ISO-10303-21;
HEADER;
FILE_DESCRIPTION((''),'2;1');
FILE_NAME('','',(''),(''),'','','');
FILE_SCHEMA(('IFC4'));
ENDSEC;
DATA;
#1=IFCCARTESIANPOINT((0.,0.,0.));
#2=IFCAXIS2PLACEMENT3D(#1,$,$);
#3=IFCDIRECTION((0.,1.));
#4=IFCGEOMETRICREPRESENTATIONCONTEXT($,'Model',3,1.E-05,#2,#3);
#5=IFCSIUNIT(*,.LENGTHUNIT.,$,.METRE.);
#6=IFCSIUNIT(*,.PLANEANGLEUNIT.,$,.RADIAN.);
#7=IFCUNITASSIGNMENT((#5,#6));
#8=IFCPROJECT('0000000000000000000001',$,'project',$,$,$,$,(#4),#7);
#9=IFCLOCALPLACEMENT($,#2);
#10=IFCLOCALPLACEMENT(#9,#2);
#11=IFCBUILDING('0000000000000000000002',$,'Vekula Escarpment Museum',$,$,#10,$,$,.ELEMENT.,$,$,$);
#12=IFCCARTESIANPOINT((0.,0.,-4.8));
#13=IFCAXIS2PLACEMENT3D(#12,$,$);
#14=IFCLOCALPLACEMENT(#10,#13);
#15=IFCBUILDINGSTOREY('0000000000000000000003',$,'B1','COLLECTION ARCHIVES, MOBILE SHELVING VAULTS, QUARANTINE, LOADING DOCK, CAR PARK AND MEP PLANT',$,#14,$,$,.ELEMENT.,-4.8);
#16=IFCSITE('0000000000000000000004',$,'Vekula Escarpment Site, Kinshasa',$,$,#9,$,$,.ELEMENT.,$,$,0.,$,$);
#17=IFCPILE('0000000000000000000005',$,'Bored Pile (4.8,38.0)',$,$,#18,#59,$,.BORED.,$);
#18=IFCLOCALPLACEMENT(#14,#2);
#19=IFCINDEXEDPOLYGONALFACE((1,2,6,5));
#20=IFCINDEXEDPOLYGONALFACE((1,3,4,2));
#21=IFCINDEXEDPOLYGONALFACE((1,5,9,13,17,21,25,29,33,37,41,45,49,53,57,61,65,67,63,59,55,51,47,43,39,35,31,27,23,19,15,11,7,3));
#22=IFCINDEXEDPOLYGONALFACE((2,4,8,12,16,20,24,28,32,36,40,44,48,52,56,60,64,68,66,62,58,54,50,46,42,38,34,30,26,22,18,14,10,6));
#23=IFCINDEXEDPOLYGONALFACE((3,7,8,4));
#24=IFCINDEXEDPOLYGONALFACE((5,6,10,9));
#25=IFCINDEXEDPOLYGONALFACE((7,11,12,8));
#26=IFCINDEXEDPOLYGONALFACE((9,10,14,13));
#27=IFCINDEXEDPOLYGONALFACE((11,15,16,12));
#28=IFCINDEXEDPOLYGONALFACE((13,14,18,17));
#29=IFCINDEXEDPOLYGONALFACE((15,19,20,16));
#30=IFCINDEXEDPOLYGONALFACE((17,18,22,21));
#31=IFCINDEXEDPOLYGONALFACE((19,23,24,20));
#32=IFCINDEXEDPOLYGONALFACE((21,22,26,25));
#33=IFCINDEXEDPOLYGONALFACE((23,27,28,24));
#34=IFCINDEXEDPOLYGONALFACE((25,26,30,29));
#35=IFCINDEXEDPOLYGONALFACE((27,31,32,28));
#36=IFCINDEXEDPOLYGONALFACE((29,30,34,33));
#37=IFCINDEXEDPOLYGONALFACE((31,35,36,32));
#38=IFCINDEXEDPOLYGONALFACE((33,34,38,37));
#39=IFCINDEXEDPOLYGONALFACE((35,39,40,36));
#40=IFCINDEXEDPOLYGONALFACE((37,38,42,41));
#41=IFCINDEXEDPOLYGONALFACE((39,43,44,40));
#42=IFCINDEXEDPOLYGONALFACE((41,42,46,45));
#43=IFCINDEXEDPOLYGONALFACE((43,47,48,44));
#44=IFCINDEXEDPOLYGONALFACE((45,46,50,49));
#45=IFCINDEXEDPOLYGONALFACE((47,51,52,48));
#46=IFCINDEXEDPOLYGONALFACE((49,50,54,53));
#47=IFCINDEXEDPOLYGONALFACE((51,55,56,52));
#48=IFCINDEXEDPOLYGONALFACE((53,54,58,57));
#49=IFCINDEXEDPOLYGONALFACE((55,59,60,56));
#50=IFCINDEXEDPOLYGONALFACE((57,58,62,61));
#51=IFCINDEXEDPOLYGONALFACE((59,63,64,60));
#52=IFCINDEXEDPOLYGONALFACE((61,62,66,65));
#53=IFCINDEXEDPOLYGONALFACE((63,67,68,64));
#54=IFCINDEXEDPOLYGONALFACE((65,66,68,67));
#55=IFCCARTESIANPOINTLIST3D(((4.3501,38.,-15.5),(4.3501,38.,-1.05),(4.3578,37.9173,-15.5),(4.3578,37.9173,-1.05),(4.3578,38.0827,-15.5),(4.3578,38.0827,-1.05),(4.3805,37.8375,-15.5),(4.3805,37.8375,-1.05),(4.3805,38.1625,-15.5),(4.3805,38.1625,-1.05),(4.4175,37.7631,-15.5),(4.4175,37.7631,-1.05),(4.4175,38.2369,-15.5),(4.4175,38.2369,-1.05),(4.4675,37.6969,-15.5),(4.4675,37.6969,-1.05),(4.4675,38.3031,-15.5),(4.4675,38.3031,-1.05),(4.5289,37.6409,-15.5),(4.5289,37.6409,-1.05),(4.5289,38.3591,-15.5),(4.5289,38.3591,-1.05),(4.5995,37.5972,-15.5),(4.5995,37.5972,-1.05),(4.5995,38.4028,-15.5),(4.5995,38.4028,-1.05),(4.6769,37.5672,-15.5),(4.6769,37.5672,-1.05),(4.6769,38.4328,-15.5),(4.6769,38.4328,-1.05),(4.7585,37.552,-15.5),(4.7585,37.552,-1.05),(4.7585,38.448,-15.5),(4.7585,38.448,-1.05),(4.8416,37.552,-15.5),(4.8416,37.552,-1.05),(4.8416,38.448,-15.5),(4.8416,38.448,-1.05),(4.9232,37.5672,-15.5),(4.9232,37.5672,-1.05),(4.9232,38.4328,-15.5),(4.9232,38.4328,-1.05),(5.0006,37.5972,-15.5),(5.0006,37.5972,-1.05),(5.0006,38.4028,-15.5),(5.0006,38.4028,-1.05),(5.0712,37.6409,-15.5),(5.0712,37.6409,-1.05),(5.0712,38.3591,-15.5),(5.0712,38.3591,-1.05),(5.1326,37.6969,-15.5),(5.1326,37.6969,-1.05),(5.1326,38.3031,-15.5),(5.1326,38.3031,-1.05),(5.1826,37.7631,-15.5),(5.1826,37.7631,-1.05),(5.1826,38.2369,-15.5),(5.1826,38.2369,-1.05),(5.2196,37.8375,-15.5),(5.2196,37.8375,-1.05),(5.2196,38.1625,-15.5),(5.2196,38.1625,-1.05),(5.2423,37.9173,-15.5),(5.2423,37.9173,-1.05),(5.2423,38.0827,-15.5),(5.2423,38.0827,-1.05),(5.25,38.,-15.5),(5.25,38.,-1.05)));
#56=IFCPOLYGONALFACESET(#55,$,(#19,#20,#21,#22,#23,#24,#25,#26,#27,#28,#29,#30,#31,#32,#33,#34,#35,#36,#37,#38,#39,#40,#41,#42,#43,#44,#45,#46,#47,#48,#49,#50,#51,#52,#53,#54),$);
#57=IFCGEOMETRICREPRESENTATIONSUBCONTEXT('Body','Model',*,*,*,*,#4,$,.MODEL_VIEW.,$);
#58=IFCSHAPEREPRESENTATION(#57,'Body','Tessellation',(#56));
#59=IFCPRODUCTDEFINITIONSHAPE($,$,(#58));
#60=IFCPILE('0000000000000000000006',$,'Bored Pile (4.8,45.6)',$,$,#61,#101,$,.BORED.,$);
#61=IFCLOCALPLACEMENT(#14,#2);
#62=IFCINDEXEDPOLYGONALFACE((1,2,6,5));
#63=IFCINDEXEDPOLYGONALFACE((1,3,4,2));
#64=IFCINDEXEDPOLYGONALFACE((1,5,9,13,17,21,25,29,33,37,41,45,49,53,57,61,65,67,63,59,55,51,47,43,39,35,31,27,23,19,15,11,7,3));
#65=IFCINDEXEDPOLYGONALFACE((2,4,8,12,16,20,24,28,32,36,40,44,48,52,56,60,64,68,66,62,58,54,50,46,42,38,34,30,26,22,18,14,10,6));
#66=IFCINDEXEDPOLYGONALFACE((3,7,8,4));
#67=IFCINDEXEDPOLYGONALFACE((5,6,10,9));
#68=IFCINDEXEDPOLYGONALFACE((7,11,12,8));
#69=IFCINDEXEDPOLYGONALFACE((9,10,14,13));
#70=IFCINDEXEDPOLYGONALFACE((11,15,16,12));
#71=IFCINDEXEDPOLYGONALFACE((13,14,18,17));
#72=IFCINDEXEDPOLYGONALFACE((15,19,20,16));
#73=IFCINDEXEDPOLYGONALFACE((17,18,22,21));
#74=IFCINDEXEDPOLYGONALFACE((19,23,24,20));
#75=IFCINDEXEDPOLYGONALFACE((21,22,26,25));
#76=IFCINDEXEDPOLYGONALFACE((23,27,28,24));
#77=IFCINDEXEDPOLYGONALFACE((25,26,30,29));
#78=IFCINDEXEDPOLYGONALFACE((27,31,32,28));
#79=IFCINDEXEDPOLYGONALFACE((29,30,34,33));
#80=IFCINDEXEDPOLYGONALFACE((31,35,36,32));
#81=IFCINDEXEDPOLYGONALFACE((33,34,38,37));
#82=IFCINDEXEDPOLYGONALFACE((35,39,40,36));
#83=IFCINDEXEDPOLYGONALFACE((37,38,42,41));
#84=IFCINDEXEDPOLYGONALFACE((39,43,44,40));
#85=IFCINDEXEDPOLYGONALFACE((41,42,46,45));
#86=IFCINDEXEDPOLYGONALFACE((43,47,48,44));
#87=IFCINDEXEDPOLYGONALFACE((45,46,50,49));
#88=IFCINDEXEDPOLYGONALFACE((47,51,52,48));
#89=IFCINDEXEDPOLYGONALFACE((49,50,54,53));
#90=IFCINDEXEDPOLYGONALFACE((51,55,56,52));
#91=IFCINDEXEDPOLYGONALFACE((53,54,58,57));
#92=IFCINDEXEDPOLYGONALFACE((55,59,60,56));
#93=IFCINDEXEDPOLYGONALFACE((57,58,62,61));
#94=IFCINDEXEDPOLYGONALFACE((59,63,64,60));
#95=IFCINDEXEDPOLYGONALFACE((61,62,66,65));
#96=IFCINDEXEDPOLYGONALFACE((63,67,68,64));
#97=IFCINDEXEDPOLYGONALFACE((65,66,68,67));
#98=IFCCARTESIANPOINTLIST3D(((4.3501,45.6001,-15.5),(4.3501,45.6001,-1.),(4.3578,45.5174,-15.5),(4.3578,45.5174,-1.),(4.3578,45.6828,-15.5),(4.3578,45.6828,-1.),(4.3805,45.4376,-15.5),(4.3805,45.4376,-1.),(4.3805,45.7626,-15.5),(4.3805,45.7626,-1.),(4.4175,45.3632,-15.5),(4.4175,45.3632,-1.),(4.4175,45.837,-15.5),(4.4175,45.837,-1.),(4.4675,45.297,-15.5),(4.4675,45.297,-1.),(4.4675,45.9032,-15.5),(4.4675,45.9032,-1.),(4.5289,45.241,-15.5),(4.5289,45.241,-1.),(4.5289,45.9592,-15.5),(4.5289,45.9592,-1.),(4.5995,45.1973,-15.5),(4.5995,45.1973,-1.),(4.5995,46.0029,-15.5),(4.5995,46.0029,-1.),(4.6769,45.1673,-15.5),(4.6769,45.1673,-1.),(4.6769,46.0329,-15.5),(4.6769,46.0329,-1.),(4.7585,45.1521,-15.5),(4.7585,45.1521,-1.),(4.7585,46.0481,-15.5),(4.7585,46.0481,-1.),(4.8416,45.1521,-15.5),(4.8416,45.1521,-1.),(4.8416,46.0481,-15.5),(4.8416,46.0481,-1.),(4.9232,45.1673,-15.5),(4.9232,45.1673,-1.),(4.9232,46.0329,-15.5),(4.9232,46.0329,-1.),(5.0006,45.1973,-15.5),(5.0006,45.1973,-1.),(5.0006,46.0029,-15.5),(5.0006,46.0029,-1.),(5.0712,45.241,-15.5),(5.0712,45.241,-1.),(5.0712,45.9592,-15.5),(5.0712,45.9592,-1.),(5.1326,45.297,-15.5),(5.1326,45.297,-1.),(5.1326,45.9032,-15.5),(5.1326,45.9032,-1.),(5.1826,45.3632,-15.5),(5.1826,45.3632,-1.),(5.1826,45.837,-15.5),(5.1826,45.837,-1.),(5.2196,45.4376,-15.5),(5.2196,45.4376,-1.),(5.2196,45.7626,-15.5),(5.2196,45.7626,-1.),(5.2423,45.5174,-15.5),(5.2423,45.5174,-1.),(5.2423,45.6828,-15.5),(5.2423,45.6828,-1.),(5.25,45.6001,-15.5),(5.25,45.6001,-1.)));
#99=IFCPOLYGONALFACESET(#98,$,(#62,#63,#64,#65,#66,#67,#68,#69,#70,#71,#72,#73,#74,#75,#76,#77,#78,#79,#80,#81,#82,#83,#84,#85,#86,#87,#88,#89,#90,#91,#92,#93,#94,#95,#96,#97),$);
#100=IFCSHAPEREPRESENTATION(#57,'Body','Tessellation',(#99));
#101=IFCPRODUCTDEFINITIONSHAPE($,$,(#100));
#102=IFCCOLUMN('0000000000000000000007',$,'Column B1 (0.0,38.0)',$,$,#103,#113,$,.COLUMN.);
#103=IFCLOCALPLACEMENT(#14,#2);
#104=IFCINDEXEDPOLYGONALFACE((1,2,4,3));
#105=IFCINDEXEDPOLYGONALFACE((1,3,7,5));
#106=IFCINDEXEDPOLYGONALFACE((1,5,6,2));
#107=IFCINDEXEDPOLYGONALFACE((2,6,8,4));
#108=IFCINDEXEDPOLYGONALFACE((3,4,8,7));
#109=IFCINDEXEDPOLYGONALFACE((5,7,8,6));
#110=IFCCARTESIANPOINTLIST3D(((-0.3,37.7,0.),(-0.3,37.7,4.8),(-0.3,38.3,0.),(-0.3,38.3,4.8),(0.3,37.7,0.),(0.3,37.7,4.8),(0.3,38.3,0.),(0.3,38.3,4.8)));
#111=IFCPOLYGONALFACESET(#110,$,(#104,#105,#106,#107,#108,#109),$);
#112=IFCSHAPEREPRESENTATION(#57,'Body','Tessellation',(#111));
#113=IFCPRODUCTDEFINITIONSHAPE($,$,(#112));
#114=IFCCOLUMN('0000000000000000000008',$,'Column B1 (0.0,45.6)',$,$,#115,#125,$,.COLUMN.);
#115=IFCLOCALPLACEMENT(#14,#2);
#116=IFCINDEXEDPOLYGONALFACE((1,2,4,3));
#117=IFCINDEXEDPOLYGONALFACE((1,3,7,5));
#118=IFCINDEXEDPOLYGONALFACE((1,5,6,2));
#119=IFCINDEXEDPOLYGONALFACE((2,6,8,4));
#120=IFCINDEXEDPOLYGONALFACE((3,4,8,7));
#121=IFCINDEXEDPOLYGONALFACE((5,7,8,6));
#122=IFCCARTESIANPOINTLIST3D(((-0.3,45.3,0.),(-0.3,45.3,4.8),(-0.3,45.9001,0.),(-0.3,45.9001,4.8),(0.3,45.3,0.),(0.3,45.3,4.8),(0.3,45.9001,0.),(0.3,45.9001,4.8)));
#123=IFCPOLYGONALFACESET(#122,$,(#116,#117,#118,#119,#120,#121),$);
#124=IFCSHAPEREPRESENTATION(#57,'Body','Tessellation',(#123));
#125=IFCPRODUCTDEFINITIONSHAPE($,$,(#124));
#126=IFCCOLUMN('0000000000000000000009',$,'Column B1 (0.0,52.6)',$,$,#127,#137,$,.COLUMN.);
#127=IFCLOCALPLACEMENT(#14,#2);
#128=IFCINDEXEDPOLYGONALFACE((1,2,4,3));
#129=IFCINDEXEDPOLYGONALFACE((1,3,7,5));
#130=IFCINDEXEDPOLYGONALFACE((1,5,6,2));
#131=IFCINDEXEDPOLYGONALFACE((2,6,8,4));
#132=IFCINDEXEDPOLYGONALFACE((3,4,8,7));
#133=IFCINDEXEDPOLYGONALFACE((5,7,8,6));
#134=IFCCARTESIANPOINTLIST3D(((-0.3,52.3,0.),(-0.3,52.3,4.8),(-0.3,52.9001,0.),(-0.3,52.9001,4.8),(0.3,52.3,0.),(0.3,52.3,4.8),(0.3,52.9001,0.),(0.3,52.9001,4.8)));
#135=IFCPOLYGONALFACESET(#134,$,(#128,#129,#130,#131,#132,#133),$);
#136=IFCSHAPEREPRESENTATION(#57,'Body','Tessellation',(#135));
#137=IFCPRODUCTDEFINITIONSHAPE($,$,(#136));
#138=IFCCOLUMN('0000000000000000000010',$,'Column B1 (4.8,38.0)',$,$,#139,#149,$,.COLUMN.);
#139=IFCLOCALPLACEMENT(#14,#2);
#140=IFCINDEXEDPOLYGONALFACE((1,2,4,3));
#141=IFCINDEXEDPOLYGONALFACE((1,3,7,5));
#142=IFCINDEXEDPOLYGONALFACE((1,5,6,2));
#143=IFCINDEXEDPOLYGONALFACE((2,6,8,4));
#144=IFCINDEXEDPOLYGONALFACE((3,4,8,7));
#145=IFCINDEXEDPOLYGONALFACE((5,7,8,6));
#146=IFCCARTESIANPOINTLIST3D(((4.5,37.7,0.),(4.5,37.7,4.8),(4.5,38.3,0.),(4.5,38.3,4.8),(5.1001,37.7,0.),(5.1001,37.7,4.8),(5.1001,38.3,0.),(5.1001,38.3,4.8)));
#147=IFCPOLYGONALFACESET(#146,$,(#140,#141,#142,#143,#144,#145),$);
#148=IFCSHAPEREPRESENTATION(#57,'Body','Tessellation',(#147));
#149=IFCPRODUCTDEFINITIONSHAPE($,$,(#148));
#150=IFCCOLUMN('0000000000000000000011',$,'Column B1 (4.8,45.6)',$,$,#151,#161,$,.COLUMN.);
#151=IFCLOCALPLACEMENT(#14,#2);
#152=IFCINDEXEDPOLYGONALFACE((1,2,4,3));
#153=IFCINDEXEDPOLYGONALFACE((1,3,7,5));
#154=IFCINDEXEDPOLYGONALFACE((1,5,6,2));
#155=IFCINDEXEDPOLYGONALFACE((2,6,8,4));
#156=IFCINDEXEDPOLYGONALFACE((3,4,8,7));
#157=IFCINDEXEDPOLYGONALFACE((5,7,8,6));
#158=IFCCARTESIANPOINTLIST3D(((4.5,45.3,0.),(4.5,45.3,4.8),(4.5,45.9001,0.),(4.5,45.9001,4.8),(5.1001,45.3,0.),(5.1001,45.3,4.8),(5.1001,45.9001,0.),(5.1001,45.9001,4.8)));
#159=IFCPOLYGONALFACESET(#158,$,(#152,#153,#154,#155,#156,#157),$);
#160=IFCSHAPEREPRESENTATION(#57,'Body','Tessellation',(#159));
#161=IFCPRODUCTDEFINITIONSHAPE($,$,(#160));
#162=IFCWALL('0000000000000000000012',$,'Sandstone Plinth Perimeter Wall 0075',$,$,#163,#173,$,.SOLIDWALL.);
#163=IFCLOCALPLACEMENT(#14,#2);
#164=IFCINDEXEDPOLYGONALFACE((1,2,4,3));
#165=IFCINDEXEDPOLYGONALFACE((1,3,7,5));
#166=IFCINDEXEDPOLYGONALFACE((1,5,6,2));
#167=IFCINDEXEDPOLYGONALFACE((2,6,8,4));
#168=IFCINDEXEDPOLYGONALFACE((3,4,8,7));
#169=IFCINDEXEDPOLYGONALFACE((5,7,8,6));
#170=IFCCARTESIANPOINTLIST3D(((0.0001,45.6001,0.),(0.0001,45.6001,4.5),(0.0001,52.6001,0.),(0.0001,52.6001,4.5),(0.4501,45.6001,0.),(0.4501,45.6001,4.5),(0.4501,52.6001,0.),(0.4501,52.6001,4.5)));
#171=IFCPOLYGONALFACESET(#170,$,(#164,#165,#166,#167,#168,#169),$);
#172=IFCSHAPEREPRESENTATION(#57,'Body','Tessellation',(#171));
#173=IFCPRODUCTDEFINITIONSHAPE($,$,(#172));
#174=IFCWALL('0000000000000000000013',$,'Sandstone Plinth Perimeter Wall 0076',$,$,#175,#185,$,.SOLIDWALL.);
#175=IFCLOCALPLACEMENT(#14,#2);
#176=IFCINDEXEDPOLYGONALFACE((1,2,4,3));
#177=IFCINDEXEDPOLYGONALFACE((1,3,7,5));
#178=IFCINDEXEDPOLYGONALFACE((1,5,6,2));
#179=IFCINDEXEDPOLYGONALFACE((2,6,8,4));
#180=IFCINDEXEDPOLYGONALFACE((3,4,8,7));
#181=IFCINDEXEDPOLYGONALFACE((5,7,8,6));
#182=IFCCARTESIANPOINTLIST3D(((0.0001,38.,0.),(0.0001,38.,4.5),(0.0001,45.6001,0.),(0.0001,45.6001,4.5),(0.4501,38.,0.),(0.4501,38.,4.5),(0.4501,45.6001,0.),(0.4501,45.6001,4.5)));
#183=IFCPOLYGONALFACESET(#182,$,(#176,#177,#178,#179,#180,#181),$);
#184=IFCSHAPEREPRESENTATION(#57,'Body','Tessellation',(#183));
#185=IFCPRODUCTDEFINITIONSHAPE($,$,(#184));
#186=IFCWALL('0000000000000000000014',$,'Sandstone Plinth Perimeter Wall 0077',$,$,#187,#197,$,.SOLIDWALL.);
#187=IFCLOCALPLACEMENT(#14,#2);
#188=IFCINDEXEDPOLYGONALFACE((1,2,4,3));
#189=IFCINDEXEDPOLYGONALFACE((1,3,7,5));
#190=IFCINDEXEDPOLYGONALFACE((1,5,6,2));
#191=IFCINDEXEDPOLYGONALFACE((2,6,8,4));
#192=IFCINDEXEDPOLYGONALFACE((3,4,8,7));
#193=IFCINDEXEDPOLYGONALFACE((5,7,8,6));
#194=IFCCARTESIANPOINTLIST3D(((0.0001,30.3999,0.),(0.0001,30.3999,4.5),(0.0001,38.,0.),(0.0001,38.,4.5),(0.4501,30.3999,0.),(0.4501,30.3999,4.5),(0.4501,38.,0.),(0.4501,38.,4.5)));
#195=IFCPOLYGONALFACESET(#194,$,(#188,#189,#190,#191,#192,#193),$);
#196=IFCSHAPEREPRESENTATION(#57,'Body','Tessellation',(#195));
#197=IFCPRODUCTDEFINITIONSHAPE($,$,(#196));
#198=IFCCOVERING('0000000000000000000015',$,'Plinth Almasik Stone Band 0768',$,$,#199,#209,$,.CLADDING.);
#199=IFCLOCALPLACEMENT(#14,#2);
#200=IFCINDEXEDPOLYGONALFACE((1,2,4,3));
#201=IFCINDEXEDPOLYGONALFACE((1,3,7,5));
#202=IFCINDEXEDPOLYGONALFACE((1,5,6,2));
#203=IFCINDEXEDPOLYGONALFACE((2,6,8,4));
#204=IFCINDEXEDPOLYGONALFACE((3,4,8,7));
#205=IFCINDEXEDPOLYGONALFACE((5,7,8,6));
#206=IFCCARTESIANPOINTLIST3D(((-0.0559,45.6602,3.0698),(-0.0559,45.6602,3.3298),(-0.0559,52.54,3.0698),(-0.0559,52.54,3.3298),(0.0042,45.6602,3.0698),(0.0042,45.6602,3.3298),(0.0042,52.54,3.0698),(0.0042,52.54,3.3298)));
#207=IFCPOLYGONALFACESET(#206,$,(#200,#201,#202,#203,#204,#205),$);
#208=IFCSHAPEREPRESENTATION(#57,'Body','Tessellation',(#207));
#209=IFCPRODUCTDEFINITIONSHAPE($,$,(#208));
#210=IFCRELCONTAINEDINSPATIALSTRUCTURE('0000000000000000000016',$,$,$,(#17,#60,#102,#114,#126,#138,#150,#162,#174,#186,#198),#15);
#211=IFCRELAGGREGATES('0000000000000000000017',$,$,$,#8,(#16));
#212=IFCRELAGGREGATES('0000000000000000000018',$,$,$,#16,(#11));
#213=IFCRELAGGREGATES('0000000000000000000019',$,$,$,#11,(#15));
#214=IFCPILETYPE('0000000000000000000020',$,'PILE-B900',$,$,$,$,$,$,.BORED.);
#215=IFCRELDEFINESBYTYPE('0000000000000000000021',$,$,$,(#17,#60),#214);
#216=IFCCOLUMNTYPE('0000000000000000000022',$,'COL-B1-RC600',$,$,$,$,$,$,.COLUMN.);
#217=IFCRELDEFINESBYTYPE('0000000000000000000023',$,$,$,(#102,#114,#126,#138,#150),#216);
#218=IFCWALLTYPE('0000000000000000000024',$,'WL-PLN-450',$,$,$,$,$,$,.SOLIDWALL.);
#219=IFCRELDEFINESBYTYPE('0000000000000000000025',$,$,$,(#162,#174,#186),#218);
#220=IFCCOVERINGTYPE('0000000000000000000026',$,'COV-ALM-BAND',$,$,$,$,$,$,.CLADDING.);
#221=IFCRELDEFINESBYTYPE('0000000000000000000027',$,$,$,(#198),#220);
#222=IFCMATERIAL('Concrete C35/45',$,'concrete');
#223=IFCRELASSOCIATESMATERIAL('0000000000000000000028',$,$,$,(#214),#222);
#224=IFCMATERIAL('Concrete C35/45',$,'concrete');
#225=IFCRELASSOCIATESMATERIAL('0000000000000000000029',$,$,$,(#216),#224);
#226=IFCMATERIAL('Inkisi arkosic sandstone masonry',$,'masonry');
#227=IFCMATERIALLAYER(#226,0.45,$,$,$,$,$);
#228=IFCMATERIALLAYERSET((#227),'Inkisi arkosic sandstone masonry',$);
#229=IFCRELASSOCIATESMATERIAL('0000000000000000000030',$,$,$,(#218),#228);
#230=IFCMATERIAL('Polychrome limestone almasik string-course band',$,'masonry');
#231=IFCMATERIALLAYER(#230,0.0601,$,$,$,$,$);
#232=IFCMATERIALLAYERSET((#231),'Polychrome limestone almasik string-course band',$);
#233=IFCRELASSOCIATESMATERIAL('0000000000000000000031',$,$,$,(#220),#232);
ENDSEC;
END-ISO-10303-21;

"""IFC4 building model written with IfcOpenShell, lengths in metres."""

from ifc_helpers import new_model, si_unit, direction, frame, frame_2d, origin, origin_2d, place, context, subcontext, project, spatial, rectangle, circle, extrude, material, layer, layer_set, material_profile, profile_set, type_object, element, save


model = new_model("IFC4")

# Units and contexts
model_context = context("Model", 3, precision=1e-05, world=origin(), true_north=direction((0.0, 1.0)))
body_context = subcontext(model_context, "Body", "Model", "MODEL_VIEW")
ifc_project = project(units=[si_unit("LENGTHUNIT", "METRE"), si_unit("PLANEANGLEUNIT", "RADIAN")], contexts=[model_context])

# Site, building, storey
site_placement = place(None, origin())
site = spatial("IfcSite", under=ifc_project, at=site_placement, Name="Vekula Escarpment Site, Kinshasa", CompositionType="ELEMENT", RefElevation=0.0)
building_placement = place(site_placement, origin())
building = spatial("IfcBuilding", under=site, at=building_placement, Name="Vekula Escarpment Museum", CompositionType="ELEMENT")
storey_placement = place(building_placement, frame((0.0, 0.0, -4.8)))
storey = spatial("IfcBuildingStorey", under=building, at=storey_placement, Name="B1", Description="COLLECTION ARCHIVES, MOBILE SHELVING VAULTS, QUARANTINE, LOADING DOCK, CAR PARK AND MEP PLANT", CompositionType="ELEMENT", Elevation=-4.8)

# Piles
ifc_material_1 = material(Name="Concrete C35/45", Category="concrete")
ifc_material_profile_1 = material_profile(ifc_material_1, circle(Radius=0.45, at=origin_2d()), Name="BORED PILE 900")
ifc_profile_set_1 = profile_set([ifc_material_profile_1], Name="Concrete C35/45")
pile_type = type_object("IfcPileType", Name="PILE-B900", PredefinedType="BORED", material=ifc_profile_set_1)
pile_1_placement = place(storey_placement, frame((4.8, 38.0, -1.05), z_axis=(0.0, 0.0, -1.0), x_axis=(1.0, 0.0, 0.0)))
element("IfcPile", 1, at=pile_1_placement, inside=storey, type_object=pile_type, Name="Bored Pile (4.8,38.0)", PredefinedType="BORED", context=body_context, shape_type="SweptSolid", body=[
    extrude(circle(Radius=0.45, at=origin_2d()), origin(), (0.0, 0.0, 1.0), 14.45),
])
pile_2_placement = place(storey_placement, frame((4.8, 45.6001, -1.0), z_axis=(0.0, 0.0, -1.0), x_axis=(1.0, 0.0, 0.0)))
element("IfcPile", 2, at=pile_2_placement, inside=storey, type_object=pile_type, Name="Bored Pile (4.8,45.6)", PredefinedType="BORED", context=body_context, shape_type="SweptSolid", body=[
    extrude(circle(Radius=0.45, at=origin_2d()), origin(), (0.0, 0.0, 1.0), 14.5),
])

# Columns
ifc_material_2 = material(Name="Concrete C35/45", Category="concrete")
ifc_material_profile_2 = material_profile(ifc_material_2, rectangle(XDim=0.6001, YDim=0.6001, at=origin_2d()), Name="RC 600x600")
ifc_profile_set_2 = profile_set([ifc_material_profile_2], Name="Concrete C35/45")
column_type = type_object("IfcColumnType", Name="COL-B1-RC600", PredefinedType="COLUMN", material=ifc_profile_set_2)
for number, where, z_axis, x_axis, name in (
    (3, (0.0, 38.0, 0.0), (0.0, 0.0, 1.0), (1.0, 0.0, 0.0), "Column B1 (0.0,38.0)"),
    (4, (0.0, 45.6001, 0.0), (0.0, 0.0, 1.0), (1.0, 0.0, 0.0), "Column B1 (0.0,45.6)"),
    (5, (0.0, 52.6001, 0.0), (0.0, 0.0, 1.0), (1.0, 0.0, 0.0), "Column B1 (0.0,52.6)"),
    (6, (4.8, 38.0, 0.0), (0.0, 0.0, 1.0), (1.0, 0.0, 0.0), "Column B1 (4.8,38.0)"),
    (7, (4.8, 45.6001, 0.0), (0.0, 0.0, 1.0), (1.0, 0.0, 0.0), "Column B1 (4.8,45.6)"),
):
    element("IfcColumn", number, at=place(storey_placement, frame(where, z_axis=z_axis, x_axis=x_axis)), inside=storey, type_object=column_type, Name=name, PredefinedType="COLUMN", context=body_context, shape_type="SweptSolid", body=[
        extrude(rectangle(XDim=0.6001, YDim=0.6001, at=origin_2d()), origin(), (0.0, 0.0, 1.0), 4.8),
    ])

# Walls
ifc_material_3 = material(Name="Inkisi arkosic sandstone masonry", Category="masonry")
ifc_layer_1 = layer(ifc_material_3, 0.45)
ifc_layer_set_1 = layer_set([ifc_layer_1], Name="Inkisi arkosic sandstone masonry")
wall_type = type_object("IfcWallType", Name="WL-PLN-450", PredefinedType="SOLIDWALL", material=ifc_layer_set_1)
wall_placement = place(storey_placement, frame((0.2251, 52.6001, 0.0), z_axis=(0.0, 0.0, 1.0), x_axis=(0.0, -1.0, 0.0)))
element("IfcWall", 8, at=wall_placement, inside=storey, type_object=wall_type, Name="Sandstone Plinth Perimeter Wall 0075", PredefinedType="SOLIDWALL", context=body_context, shape_type="SweptSolid", body=[
    extrude(rectangle(XDim=7.0, YDim=0.45, at=frame_2d((3.5, 0.0))), origin(), (0.0, 0.0, 1.0), 4.5),
])
for number, where, z_axis, x_axis, name in (
    (9, (0.2251, 45.6001, 0.0), (0.0, 0.0, 1.0), (0.0, -1.0, 0.0), "Sandstone Plinth Perimeter Wall 0076"),
    (10, (0.2251, 38.0, 0.0), (0.0, 0.0, 1.0), (0.0, -1.0, 0.0), "Sandstone Plinth Perimeter Wall 0077"),
):
    element("IfcWall", number, at=place(storey_placement, frame(where, z_axis=z_axis, x_axis=x_axis)), inside=storey, type_object=wall_type, Name=name, PredefinedType="SOLIDWALL", context=body_context, shape_type="SweptSolid", body=[
        extrude(rectangle(XDim=7.6001, YDim=0.45, at=frame_2d((3.8, 0.0))), origin(), (0.0, 0.0, 1.0), 4.5),
    ])

# Covering
ifc_material_4 = material(Name="Polychrome limestone almasik string-course band", Category="masonry")
ifc_layer_2 = layer(ifc_material_4, 0.0601)
ifc_layer_set_2 = layer_set([ifc_layer_2], Name="Polychrome limestone almasik string-course band")
covering_type = type_object("IfcCoveringType", Name="COV-ALM-BAND", PredefinedType="CLADDING", material=ifc_layer_set_2)
covering_1_placement = place(storey_placement, frame((-0.0259, 49.1001, 3.0698), z_axis=(0.0, 0.0, 1.0), x_axis=(0.0, 1.0, 0.0)))
element("IfcCovering", 11, at=covering_1_placement, inside=storey, type_object=covering_type, Name="Plinth Almasik Stone Band 0768", PredefinedType="CLADDING", context=body_context, shape_type="SweptSolid", body=[
    extrude(rectangle(XDim=6.8799, YDim=0.0601, at=origin_2d()), origin(), (0.0, 0.0, 1.0), 0.26),
])

save(model, "model.ifc")
